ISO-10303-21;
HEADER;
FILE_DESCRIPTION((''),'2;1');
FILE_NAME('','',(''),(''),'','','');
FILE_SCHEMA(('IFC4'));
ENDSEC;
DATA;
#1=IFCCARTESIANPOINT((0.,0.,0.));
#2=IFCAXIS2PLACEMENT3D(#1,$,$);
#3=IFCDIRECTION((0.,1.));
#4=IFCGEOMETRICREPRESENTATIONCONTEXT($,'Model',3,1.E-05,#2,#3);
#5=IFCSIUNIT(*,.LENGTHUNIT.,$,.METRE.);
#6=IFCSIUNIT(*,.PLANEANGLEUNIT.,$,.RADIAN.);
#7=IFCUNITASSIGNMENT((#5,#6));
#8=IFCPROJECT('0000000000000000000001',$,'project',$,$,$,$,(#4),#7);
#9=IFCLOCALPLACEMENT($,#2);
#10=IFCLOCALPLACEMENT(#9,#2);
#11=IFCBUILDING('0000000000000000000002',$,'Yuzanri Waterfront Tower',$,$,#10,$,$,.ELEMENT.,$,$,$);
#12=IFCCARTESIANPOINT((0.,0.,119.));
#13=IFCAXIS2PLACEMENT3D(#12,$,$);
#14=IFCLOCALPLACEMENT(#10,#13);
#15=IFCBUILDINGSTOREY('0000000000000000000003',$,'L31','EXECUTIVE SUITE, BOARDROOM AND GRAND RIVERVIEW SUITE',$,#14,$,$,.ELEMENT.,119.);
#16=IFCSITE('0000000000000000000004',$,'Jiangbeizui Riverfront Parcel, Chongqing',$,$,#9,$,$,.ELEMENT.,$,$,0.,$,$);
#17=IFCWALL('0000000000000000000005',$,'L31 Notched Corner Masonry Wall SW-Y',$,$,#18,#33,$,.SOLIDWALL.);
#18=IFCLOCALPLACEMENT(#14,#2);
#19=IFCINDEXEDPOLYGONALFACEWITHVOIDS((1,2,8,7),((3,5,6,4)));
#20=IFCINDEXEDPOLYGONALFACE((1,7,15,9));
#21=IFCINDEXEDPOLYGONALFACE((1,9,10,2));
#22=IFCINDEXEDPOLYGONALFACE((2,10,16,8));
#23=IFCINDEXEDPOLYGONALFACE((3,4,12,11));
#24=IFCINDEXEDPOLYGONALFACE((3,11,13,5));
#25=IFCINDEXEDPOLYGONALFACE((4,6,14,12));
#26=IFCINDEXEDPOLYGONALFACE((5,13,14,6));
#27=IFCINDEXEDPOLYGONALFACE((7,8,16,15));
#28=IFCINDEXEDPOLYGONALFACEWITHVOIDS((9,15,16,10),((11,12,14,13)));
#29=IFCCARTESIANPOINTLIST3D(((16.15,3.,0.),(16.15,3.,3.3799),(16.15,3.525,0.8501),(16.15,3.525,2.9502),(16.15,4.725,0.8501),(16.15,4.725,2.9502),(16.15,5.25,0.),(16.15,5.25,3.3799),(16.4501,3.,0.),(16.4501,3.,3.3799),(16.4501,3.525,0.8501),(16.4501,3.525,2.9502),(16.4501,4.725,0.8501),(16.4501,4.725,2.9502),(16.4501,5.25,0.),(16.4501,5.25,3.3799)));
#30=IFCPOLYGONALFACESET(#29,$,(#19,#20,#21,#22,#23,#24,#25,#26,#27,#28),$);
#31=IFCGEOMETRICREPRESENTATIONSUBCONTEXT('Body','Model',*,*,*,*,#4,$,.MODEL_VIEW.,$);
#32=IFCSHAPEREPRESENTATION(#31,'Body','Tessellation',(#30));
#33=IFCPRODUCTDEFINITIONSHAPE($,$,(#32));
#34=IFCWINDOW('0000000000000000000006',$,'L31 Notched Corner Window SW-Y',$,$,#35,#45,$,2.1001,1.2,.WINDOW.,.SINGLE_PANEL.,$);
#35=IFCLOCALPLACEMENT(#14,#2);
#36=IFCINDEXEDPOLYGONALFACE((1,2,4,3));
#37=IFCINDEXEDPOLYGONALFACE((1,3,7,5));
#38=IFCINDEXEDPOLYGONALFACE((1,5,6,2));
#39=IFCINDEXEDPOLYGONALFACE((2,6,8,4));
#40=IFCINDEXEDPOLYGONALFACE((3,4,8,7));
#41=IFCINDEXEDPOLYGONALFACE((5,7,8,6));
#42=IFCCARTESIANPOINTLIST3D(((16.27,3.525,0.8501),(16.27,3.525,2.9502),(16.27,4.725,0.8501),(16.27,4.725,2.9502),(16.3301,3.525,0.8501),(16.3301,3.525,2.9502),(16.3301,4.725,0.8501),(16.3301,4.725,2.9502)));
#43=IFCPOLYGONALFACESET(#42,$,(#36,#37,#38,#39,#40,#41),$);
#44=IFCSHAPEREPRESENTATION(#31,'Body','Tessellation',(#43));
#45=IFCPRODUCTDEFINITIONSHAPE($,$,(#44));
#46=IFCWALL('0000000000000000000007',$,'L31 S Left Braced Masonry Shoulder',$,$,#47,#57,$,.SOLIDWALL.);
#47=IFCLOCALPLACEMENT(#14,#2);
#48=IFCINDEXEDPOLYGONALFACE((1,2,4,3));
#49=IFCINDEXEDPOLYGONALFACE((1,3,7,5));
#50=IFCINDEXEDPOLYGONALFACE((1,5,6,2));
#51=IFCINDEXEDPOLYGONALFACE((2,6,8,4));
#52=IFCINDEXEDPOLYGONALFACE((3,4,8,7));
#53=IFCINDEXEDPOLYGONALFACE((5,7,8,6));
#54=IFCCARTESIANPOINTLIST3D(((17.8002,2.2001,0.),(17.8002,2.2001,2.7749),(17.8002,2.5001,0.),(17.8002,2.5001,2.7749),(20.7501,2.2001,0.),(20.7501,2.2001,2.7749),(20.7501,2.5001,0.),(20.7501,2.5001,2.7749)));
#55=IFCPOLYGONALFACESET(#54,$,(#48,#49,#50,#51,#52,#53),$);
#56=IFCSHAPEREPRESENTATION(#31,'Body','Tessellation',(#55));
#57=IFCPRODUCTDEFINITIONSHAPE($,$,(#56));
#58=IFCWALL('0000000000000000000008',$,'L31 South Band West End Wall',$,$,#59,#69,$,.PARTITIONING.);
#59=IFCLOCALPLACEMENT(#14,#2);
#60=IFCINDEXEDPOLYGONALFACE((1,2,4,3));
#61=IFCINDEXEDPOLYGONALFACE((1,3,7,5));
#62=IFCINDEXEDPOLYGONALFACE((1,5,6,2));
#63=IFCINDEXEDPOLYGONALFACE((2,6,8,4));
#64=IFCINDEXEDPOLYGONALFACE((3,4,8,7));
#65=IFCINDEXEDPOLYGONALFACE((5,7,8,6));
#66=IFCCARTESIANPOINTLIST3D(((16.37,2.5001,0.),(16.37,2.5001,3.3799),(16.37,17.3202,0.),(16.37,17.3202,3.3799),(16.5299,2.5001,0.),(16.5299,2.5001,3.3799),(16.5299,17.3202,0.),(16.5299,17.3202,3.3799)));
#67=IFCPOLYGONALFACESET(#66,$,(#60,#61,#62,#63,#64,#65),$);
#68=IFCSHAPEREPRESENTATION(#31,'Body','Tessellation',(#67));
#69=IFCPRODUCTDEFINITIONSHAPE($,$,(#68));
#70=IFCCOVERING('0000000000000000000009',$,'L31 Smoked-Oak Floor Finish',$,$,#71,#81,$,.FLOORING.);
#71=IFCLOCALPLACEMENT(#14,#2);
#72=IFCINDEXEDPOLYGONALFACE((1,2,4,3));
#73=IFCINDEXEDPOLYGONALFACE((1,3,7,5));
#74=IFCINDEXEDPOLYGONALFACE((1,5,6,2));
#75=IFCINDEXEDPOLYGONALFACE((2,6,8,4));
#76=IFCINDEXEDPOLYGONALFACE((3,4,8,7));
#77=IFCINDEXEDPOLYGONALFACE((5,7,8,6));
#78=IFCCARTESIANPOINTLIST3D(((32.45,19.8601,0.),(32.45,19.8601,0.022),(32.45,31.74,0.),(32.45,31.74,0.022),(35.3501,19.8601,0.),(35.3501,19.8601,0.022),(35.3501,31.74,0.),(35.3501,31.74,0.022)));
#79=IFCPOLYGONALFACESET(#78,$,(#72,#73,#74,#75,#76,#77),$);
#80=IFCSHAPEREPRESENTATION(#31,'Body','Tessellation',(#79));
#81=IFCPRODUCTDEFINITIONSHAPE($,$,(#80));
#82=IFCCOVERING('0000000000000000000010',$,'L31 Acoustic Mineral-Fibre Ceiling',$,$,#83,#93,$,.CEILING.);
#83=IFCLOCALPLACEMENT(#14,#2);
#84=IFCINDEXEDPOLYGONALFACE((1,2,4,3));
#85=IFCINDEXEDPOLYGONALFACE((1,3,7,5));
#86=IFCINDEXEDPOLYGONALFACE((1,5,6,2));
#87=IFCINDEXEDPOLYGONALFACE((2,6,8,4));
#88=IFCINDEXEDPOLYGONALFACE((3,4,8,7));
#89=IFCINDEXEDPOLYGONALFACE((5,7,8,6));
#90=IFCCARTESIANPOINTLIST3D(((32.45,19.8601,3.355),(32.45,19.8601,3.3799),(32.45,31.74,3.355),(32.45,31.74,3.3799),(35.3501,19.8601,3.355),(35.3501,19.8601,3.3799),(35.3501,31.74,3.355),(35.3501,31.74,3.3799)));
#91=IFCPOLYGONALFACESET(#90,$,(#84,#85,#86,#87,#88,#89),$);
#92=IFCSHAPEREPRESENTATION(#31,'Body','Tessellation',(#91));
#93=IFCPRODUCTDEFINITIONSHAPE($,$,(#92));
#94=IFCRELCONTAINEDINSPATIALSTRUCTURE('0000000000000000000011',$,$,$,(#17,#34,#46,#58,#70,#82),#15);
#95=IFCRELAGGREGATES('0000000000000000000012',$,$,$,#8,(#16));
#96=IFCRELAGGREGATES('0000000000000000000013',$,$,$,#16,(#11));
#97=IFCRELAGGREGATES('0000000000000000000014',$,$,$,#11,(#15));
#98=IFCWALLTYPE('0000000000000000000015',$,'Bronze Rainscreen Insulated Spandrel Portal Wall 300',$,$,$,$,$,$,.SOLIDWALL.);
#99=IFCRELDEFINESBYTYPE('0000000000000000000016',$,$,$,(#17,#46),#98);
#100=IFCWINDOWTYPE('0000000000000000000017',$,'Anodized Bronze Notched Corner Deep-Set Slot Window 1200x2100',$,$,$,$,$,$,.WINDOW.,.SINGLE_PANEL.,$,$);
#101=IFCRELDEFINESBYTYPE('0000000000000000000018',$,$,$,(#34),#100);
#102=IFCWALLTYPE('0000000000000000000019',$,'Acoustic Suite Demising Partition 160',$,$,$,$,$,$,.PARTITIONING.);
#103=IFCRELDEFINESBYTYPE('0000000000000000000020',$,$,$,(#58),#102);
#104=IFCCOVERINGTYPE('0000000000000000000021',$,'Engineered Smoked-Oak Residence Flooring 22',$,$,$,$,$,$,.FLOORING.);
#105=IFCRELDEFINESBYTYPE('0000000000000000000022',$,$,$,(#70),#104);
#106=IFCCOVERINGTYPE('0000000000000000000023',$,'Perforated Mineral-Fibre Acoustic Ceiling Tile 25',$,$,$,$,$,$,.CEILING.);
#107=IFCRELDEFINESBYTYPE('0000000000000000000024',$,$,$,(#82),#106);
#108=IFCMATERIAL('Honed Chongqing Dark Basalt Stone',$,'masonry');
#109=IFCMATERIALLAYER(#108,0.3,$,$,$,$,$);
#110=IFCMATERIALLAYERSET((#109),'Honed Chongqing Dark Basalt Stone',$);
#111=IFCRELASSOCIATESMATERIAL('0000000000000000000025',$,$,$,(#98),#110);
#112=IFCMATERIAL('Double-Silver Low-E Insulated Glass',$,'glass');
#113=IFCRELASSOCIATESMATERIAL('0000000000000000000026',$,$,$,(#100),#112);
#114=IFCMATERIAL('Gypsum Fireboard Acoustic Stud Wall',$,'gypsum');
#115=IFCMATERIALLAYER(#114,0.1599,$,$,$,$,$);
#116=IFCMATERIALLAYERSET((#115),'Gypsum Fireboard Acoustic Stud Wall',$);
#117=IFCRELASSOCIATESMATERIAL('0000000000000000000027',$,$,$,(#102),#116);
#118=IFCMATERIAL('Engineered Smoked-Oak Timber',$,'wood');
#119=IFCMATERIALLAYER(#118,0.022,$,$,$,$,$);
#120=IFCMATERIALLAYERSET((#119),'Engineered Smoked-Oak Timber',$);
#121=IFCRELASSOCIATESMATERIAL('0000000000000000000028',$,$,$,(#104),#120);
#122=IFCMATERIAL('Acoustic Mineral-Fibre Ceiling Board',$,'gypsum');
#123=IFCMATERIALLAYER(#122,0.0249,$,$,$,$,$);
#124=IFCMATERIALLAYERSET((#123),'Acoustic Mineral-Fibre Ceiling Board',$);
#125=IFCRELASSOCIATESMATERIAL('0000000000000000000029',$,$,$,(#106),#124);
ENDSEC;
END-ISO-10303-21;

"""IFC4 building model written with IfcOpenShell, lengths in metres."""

from ifc_helpers import new_model, si_unit, direction, frame, frame_2d, origin, place, context, subcontext, project, spatial, polyline, rectangle, outline, extrude, source, transform, mapped, material, layer, layer_set, type_object, element, fill, save


model = new_model("IFC4")

# Units and contexts
model_context = context("Model", 3, precision=1e-05, world=origin(), true_north=direction((0.0, 1.0)))
body_context = subcontext(model_context, "Body", "Model", "MODEL_VIEW")
ifc_project = project(units=[si_unit("LENGTHUNIT", "METRE"), si_unit("PLANEANGLEUNIT", "RADIAN")], contexts=[model_context])

# Site, building, storey
site_placement = place(None, origin())
site = spatial("IfcSite", under=ifc_project, at=site_placement, Name="Jiangbeizui Riverfront Parcel, Chongqing", CompositionType="ELEMENT", RefElevation=0.0)
building_placement = place(site_placement, origin())
building = spatial("IfcBuilding", under=site, at=building_placement, Name="Yuzanri Waterfront Tower", CompositionType="ELEMENT")
storey_placement = place(building_placement, frame((0.0, 0.0, 119.0)))
storey = spatial("IfcBuildingStorey", under=building, at=storey_placement, Name="L31", Description="EXECUTIVE SUITE, BOARDROOM AND GRAND RIVERVIEW SUITE", CompositionType="ELEMENT", Elevation=119.0)

# Wall, opening, window
ifc_material_1 = material(Name="Honed Chongqing Dark Basalt Stone", Category="masonry")
ifc_layer_1 = layer(ifc_material_1, 0.3)
ifc_layer_set_1 = layer_set([ifc_layer_1], Name="Honed Chongqing Dark Basalt Stone")
wall_type_1 = type_object("IfcWallType", Name="Bronze Rainscreen Insulated Spandrel Portal Wall 300", PredefinedType="SOLIDWALL", material=ifc_layer_set_1)
wall_1_placement = place(storey_placement, frame((16.3, 5.25, 0.0), z_axis=(0.0, 0.0, 1.0), x_axis=(0.0, -1.0, 0.0)))
wall_1 = element("IfcWall", 1, at=wall_1_placement, inside=storey, type_object=wall_type_1, Name="L31 Notched Corner Masonry Wall SW-Y", PredefinedType="SOLIDWALL", context=body_context, shape_type="SweptSolid", body=[
    extrude(rectangle(XDim=2.25, YDim=0.3, at=frame_2d((1.125, 0.0))), origin(), (0.0, 0.0, 1.0), 3.3799),
])
opening_1_placement = place(wall_1_placement, frame((0.5249, 0.0, 0.8501)))
opening_1 = element("IfcOpeningElement", 2, at=opening_1_placement, cuts=wall_1, PredefinedType="OPENING", context=body_context, shape_type="SweptSolid", body=[
    extrude(rectangle(XDim=1.2, YDim=2.1001, at=frame_2d((0.6001, 1.05))), frame((0.0, 0.165, 0.0), z_axis=(0.0, -1.0, 0.0), x_axis=(1.0, 0.0, 0.0)), (0.0, 0.0, 1.0), 0.3298),
])
ifc_material_2 = material(Name="Double-Silver Low-E Insulated Glass", Category="glass")
window_type_1 = type_object("IfcWindowType", Name="Anodized Bronze Notched Corner Deep-Set Slot Window 1200x2100", PartitioningType="SINGLE_PANEL", PredefinedType="WINDOW", material=ifc_material_2)
shared_shape_1 = source(origin(), body_context, "Body", "SweptSolid", [
    extrude(rectangle(XDim=1.2, YDim=2.1001, at=frame_2d((0.6001, 1.05))), frame((0.0, 0.03, 0.0), z_axis=(0.0, -1.0, 0.0), x_axis=(1.0, 0.0, 0.0)), (0.0, 0.0, 1.0), 0.0601),
])
window_1_placement = place(opening_1_placement, origin())
window_1 = element("IfcWindow", 3, at=window_1_placement, inside=storey, type_object=window_type_1, Name="L31 Notched Corner Window SW-Y", OverallHeight=2.1001, OverallWidth=1.2, PartitioningType="SINGLE_PANEL", PredefinedType="WINDOW", context=body_context, shape_type="MappedRepresentation", body=[
    mapped(shared_shape_1, transform((0.0, 0.0, 0.0), scale=1.0)),
])
fill(opening_1, window_1)

# Walls
shared_shape_2 = source(origin(), body_context, "Body", "SweptSolid", [
    extrude(rectangle(XDim=2.95, YDim=0.3, at=frame_2d((1.4751, 0.0))), origin(), (0.0, 0.0, 1.0), 2.7749),
])
wall_2_placement = place(storey_placement, frame((17.8, 2.3501, 0.0), z_axis=(0.0, 0.0, 1.0), x_axis=(1.0, 0.0, 0.0)))
element("IfcWall", 4, at=wall_2_placement, inside=storey, type_object=wall_type_1, Name="L31 S Left Braced Masonry Shoulder", PredefinedType="SOLIDWALL", context=body_context, shape_type="MappedRepresentation", body=[
    mapped(shared_shape_2, transform((0.0, 0.0, 0.0), scale=1.0)),
])
ifc_material_3 = material(Name="Gypsum Fireboard Acoustic Stud Wall", Category="gypsum")
ifc_layer_2 = layer(ifc_material_3, 0.1599)
ifc_layer_set_2 = layer_set([ifc_layer_2], Name="Gypsum Fireboard Acoustic Stud Wall")
wall_type_2 = type_object("IfcWallType", Name="Acoustic Suite Demising Partition 160", PredefinedType="PARTITIONING", material=ifc_layer_set_2)
shared_shape_3 = source(origin(), body_context, "Body", "SweptSolid", [
    extrude(rectangle(XDim=14.8201, YDim=0.1599, at=frame_2d((7.4102, 0.0))), origin(), (0.0, 0.0, 1.0), 3.3799),
])
wall_3_placement = place(storey_placement, frame((16.45, 2.5, 0.0), z_axis=(0.0, 0.0, 1.0), x_axis=(0.0, 1.0, 0.0)))
element("IfcWall", 5, at=wall_3_placement, inside=storey, type_object=wall_type_2, Name="L31 South Band West End Wall", PredefinedType="PARTITIONING", context=body_context, shape_type="MappedRepresentation", body=[
    mapped(shared_shape_3, transform((0.0, 0.0, 0.0), scale=1.0)),
])

# Coverings
ifc_material_4 = material(Name="Engineered Smoked-Oak Timber", Category="wood")
ifc_layer_3 = layer(ifc_material_4, 0.022)
ifc_layer_set_3 = layer_set([ifc_layer_3], Name="Engineered Smoked-Oak Timber")
covering_type_1 = type_object("IfcCoveringType", Name="Engineered Smoked-Oak Residence Flooring 22", PredefinedType="FLOORING", material=ifc_layer_set_3)
covering_1_placement = place(storey_placement, origin())
element("IfcCovering", 6, at=covering_1_placement, inside=storey, type_object=covering_type_1, Name="L31 Smoked-Oak Floor Finish", PredefinedType="FLOORING", context=body_context, shape_type="SweptSolid", body=[
    extrude(outline(polyline([(32.45, 19.8601), (35.3501, 19.8601), (35.3501, 31.74), (32.45, 31.74), (32.45, 19.8601)])), origin(), (0.0, 0.0, 1.0), 0.022),
])
ifc_material_5 = material(Name="Acoustic Mineral-Fibre Ceiling Board", Category="gypsum")
ifc_layer_4 = layer(ifc_material_5, 0.0249)
ifc_layer_set_4 = layer_set([ifc_layer_4], Name="Acoustic Mineral-Fibre Ceiling Board")
covering_type_2 = type_object("IfcCoveringType", Name="Perforated Mineral-Fibre Acoustic Ceiling Tile 25", PredefinedType="CEILING", material=ifc_layer_set_4)
covering_2_placement = place(storey_placement, frame((0.0, 0.0, 3.355)))
element("IfcCovering", 7, at=covering_2_placement, inside=storey, type_object=covering_type_2, Name="L31 Acoustic Mineral-Fibre Ceiling", PredefinedType="CEILING", context=body_context, shape_type="SweptSolid", body=[
    extrude(outline(polyline([(32.45, 19.8601), (35.3501, 19.8601), (35.3501, 31.74), (32.45, 31.74), (32.45, 19.8601)])), origin(), (0.0, 0.0, 1.0), 0.0249),
])

save(model, "model.ifc")
